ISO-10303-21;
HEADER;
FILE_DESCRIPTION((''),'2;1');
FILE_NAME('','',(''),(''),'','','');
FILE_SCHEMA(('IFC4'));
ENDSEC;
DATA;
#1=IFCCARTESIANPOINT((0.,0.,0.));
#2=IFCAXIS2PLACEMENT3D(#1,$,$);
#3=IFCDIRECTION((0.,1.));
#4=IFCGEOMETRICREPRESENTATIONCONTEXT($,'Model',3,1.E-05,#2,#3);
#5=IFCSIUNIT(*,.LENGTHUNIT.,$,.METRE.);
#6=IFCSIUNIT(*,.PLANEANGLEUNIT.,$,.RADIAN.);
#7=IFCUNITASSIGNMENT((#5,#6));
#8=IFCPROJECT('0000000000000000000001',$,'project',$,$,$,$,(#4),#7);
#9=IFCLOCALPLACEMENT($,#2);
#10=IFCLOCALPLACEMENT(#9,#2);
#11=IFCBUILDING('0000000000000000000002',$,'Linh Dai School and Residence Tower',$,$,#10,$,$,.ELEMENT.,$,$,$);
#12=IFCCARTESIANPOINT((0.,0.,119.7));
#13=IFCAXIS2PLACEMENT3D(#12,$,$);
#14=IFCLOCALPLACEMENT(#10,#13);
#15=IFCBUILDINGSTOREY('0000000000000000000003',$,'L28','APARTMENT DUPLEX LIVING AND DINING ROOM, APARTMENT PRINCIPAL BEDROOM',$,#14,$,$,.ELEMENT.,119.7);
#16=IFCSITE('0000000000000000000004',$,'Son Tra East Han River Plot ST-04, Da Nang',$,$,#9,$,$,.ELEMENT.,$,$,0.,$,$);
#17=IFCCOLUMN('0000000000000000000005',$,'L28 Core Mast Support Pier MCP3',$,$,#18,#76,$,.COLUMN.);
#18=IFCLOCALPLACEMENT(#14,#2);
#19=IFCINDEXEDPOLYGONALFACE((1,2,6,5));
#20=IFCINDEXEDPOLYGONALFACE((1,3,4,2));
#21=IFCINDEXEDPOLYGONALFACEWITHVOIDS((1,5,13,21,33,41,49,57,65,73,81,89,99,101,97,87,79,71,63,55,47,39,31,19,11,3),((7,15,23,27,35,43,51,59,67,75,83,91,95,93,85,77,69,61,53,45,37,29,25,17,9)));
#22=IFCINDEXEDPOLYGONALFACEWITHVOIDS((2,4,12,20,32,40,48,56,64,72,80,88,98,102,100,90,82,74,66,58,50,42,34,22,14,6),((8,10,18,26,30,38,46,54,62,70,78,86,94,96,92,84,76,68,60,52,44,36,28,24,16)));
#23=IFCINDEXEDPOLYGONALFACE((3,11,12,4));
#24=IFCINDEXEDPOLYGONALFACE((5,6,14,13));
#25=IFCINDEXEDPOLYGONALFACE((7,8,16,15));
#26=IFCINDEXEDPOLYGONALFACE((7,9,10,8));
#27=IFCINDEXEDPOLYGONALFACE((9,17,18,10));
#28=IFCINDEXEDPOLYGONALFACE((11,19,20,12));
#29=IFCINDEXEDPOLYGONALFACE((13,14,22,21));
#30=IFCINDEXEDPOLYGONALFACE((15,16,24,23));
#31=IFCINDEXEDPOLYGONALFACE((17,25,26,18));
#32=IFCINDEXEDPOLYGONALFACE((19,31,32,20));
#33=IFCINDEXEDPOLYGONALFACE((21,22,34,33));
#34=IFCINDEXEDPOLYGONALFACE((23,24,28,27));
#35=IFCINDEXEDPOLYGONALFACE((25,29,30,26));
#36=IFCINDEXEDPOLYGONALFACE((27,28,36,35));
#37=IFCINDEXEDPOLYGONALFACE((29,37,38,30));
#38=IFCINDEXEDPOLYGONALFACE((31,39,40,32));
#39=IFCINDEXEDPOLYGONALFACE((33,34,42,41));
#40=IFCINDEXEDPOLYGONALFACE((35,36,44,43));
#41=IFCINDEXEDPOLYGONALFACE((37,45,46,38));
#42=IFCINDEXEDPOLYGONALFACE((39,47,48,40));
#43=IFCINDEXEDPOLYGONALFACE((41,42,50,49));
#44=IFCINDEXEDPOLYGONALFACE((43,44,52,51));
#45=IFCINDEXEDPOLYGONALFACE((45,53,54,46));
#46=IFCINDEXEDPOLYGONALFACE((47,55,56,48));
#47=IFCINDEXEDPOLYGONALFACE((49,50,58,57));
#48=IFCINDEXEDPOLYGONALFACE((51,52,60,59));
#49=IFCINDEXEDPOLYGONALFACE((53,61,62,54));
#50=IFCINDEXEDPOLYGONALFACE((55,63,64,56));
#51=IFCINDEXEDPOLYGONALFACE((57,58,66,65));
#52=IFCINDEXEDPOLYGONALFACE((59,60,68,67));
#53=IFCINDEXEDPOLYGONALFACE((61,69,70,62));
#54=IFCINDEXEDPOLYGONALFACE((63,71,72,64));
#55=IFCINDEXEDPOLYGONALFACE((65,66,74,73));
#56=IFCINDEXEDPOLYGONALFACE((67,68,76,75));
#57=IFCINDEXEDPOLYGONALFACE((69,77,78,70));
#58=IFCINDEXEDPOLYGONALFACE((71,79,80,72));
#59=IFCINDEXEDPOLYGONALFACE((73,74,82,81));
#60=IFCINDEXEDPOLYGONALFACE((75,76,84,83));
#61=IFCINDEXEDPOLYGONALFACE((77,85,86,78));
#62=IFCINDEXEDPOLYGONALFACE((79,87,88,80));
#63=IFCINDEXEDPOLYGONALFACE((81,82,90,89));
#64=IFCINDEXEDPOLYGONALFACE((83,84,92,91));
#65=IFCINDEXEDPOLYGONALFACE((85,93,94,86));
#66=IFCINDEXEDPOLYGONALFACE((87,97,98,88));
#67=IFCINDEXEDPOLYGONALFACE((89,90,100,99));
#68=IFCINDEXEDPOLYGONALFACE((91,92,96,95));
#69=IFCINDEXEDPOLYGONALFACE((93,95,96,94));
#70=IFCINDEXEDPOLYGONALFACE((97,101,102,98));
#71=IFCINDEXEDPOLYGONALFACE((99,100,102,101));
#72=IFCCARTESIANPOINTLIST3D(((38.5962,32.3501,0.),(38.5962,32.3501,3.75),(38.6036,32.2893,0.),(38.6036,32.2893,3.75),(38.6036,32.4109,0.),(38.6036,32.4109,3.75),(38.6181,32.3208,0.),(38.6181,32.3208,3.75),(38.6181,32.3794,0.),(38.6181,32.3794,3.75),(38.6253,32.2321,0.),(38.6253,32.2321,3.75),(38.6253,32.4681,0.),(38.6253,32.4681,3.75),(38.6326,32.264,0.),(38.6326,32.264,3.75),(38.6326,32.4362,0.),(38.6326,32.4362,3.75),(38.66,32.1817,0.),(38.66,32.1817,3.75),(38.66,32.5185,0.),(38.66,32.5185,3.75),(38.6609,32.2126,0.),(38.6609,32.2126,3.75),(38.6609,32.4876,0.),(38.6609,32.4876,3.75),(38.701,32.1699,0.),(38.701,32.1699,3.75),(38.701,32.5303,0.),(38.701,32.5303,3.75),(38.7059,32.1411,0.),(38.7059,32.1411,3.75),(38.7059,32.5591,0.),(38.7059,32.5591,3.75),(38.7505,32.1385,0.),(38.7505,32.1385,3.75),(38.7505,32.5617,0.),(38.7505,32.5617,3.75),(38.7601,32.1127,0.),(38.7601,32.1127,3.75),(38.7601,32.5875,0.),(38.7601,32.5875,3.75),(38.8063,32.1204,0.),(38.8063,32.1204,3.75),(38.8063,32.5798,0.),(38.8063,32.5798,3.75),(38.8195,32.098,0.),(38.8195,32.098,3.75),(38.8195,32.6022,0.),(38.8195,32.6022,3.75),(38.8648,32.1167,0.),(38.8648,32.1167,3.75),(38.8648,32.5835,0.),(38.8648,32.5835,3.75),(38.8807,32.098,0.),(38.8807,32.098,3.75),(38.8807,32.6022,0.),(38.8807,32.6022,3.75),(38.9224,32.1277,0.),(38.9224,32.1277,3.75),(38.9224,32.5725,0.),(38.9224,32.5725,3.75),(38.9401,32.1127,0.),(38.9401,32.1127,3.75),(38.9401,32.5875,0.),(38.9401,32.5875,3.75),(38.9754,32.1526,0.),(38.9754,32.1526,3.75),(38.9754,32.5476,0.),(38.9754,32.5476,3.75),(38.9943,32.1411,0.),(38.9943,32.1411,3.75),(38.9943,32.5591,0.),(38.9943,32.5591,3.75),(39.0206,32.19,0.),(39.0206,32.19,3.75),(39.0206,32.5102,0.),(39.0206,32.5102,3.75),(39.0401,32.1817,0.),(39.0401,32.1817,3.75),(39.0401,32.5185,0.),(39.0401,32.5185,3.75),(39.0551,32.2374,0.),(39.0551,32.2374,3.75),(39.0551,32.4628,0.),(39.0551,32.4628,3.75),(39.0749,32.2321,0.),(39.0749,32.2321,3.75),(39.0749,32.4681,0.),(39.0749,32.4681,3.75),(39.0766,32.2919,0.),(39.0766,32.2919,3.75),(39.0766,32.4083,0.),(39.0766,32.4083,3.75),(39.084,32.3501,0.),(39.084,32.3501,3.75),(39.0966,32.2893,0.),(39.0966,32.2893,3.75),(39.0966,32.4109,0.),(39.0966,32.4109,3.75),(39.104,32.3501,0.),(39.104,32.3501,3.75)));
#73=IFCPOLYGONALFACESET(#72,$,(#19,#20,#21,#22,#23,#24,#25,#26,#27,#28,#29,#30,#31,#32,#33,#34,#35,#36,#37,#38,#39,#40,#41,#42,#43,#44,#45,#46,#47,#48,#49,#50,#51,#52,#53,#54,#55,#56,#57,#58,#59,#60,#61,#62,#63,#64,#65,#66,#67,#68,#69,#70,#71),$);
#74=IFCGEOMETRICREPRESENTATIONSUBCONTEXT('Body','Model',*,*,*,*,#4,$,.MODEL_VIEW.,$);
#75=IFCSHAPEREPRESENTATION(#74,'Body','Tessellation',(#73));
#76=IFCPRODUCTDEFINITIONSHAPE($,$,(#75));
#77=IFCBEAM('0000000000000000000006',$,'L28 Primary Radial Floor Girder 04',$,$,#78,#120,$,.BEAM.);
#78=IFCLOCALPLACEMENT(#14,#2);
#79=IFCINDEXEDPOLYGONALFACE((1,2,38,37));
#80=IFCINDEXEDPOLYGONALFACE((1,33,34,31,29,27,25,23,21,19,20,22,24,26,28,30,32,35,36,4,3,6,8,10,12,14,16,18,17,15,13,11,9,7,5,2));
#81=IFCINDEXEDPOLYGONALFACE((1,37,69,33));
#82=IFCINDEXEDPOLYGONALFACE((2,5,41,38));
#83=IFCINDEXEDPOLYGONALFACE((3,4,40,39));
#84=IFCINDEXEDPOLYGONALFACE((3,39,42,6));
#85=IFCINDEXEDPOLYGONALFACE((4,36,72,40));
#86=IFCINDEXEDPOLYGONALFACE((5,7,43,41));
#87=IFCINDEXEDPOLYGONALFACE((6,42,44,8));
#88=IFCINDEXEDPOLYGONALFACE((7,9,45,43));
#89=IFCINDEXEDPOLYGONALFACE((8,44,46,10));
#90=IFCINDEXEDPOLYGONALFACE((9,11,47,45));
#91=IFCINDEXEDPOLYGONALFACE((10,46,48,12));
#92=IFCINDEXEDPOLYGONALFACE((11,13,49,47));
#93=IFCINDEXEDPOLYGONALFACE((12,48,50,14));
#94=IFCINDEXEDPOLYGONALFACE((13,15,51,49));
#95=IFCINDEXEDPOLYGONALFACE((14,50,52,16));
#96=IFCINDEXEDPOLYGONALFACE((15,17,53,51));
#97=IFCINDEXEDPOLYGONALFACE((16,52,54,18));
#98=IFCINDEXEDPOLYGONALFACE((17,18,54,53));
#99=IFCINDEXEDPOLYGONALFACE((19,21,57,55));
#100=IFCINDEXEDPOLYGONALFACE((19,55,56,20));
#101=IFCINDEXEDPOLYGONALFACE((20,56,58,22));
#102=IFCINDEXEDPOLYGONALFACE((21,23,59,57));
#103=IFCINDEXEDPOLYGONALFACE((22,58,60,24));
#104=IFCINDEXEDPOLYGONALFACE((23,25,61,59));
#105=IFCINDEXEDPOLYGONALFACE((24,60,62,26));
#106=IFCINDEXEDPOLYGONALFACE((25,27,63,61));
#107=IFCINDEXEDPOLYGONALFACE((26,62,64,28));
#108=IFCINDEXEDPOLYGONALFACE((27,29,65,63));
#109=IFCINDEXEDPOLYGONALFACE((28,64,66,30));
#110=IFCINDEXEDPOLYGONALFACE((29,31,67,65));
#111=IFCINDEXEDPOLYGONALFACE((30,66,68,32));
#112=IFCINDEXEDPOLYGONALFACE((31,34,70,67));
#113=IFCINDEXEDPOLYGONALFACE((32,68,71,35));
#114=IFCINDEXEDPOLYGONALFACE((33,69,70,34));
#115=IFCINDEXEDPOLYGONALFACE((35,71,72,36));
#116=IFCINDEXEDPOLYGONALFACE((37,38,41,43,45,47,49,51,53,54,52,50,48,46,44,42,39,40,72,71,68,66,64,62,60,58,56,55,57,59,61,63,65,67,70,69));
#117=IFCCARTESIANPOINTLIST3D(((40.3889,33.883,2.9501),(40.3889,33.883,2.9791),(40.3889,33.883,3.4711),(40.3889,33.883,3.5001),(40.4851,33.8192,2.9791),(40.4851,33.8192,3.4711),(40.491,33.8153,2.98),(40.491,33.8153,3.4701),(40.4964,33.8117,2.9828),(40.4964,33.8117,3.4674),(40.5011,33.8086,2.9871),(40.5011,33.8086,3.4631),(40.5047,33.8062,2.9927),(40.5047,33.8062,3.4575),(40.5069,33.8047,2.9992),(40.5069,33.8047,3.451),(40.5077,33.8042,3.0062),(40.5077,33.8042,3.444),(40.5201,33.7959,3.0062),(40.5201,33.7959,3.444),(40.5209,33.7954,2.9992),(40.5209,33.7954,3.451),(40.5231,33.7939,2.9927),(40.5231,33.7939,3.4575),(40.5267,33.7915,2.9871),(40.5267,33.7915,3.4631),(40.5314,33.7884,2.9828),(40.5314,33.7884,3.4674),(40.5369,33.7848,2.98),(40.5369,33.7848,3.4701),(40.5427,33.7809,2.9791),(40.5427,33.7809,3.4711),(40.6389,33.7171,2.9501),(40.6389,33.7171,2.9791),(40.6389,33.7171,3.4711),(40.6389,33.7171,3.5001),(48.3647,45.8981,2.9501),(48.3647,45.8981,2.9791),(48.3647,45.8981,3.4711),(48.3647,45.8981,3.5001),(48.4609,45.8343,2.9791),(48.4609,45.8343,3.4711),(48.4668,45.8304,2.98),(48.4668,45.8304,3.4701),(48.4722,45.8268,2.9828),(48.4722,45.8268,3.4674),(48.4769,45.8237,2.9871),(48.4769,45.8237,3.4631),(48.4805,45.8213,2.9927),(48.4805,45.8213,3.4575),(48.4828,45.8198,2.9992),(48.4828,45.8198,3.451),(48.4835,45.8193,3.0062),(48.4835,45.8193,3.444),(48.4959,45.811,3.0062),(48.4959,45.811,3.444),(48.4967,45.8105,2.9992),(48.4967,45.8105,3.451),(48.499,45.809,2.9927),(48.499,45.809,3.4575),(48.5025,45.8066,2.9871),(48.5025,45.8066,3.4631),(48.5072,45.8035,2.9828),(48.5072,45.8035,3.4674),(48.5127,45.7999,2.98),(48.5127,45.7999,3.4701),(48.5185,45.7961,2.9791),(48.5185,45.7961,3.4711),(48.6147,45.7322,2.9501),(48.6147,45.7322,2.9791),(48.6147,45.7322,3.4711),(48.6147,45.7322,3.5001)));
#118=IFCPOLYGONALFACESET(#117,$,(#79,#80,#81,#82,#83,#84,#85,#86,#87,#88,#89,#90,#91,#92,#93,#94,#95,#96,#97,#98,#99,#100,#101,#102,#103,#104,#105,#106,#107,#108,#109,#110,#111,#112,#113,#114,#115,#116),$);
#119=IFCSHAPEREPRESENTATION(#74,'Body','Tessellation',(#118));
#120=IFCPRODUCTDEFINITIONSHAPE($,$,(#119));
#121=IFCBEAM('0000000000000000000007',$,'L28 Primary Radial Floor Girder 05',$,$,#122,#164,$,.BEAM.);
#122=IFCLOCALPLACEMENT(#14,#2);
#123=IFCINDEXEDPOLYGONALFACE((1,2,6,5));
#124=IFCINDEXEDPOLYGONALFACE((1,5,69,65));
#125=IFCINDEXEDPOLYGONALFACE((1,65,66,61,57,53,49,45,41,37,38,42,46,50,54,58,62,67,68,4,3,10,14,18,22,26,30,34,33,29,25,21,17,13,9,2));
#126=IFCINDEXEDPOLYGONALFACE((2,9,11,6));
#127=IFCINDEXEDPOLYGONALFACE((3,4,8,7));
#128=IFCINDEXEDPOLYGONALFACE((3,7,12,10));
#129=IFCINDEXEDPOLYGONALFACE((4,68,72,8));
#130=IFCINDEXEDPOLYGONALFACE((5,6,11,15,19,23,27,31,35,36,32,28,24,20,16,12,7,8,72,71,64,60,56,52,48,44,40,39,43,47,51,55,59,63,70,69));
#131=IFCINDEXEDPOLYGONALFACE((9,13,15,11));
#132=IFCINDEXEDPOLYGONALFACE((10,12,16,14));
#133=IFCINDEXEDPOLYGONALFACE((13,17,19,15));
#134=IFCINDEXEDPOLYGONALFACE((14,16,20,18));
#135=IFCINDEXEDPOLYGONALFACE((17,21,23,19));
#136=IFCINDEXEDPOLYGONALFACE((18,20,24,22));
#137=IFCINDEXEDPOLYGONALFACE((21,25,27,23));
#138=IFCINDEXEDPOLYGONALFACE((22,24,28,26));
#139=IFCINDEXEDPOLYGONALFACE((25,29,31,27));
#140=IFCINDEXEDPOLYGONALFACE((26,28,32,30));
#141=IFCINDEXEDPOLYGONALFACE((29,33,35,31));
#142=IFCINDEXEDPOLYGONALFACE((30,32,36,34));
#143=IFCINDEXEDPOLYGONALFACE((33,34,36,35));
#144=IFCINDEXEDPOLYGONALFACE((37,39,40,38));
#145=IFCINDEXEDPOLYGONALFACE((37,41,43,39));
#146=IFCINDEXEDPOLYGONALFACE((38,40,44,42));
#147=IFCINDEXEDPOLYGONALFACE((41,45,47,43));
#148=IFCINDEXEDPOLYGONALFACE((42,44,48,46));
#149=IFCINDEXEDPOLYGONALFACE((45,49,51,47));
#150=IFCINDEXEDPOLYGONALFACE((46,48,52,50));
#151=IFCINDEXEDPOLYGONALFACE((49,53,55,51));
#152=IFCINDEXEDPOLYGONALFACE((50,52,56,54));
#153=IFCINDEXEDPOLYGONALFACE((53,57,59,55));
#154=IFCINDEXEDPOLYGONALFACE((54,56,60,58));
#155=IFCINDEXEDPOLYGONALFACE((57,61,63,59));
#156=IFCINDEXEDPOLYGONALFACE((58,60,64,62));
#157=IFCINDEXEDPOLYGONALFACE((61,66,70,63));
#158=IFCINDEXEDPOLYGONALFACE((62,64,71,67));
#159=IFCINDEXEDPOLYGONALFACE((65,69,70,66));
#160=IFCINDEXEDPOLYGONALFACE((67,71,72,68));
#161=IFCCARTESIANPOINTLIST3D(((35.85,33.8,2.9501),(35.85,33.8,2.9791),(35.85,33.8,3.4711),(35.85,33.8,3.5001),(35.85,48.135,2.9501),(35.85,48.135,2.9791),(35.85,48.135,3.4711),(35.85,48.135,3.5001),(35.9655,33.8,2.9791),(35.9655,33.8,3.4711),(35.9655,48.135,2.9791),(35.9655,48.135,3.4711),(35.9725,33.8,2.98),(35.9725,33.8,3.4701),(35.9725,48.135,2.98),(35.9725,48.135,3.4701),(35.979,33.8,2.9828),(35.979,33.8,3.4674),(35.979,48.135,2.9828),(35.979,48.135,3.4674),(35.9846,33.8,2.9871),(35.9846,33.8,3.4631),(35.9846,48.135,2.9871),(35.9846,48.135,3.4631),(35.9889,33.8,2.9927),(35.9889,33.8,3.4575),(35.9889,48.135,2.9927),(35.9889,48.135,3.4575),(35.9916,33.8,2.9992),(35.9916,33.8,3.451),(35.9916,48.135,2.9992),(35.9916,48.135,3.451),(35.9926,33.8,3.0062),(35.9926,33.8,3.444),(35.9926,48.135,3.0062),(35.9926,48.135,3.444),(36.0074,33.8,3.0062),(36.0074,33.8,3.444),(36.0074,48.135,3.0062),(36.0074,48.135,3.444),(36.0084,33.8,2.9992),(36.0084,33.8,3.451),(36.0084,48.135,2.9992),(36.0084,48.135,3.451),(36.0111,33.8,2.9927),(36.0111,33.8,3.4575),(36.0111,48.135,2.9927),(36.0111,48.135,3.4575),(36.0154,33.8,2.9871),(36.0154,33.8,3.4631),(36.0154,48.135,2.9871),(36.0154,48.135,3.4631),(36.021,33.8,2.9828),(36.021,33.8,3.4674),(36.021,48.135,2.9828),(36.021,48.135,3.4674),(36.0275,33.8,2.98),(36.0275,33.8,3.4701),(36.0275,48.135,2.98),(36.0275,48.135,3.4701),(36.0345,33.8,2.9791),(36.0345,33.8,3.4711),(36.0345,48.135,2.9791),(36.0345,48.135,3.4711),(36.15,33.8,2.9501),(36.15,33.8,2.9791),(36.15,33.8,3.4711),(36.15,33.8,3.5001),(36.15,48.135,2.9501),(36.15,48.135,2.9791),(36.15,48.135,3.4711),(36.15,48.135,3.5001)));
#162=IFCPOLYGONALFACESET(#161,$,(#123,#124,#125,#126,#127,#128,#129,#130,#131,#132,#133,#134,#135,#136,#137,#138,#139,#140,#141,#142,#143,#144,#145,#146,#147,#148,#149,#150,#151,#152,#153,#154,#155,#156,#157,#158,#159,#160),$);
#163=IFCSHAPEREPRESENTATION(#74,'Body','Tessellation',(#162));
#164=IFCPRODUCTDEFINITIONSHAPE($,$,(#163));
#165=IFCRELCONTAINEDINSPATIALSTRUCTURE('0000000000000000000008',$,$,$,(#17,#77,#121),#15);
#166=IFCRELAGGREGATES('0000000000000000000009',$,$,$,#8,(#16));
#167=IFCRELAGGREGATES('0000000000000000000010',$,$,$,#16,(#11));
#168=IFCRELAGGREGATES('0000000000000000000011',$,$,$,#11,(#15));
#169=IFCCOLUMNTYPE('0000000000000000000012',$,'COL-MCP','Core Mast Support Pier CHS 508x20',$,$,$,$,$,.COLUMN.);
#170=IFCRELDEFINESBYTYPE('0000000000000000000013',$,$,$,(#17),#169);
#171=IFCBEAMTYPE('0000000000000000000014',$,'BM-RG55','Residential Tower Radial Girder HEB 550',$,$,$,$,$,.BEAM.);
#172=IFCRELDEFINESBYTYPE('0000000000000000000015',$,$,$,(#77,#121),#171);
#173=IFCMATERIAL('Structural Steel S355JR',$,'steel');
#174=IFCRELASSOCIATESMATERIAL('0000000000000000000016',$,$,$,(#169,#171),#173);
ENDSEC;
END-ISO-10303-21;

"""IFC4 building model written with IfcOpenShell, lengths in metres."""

from ifc_helpers import new_model, si_unit, direction, frame, origin, origin_2d, place, context, subcontext, project, spatial, hollow_circle, i_section, extrude, material, material_profile, profile_set, type_object, element, save


model = new_model("IFC4")

# Units and contexts
model_context = context("Model", 3, precision=1e-05, world=origin(), true_north=direction((0.0, 1.0)))
body_context = subcontext(model_context, "Body", "Model", "MODEL_VIEW")
ifc_project = project(units=[si_unit("LENGTHUNIT", "METRE"), si_unit("PLANEANGLEUNIT", "RADIAN")], contexts=[model_context])

# Site, building, storey
site_placement = place(None, origin())
site = spatial("IfcSite", under=ifc_project, at=site_placement, Name="Son Tra East Han River Plot ST-04, Da Nang", CompositionType="ELEMENT", RefElevation=0.0)
building_placement = place(site_placement, origin())
building = spatial("IfcBuilding", under=site, at=building_placement, Name="Linh Dai School and Residence Tower", CompositionType="ELEMENT")
storey_placement = place(building_placement, frame((0.0, 0.0, 119.7)))
storey = spatial("IfcBuildingStorey", under=building, at=storey_placement, Name="L28", Description="APARTMENT DUPLEX LIVING AND DINING ROOM, APARTMENT PRINCIPAL BEDROOM", CompositionType="ELEMENT", Elevation=119.7)

# Column
ifc_material_1 = material(Name="Structural Steel S355JR", Category="steel")
ifc_material_profile_1 = material_profile(ifc_material_1, hollow_circle(Radius=0.2539, WallThickness=0.02, at=origin_2d()), Name="CHS 508x20")
ifc_profile_set_1 = profile_set([ifc_material_profile_1], Name="Structural Steel S355JR")
column_type_1 = type_object("IfcColumnType", Name="COL-MCP", Description="Core Mast Support Pier CHS 508x20", PredefinedType="COLUMN", material=ifc_profile_set_1)
column_placement = place(storey_placement, frame((38.8501, 32.3501, 0.0), z_axis=(0.0, 0.0, 1.0), x_axis=(1.0, 0.0, 0.0)))
element("IfcColumn", 1, at=column_placement, inside=storey, type_object=column_type_1, Name="L28 Core Mast Support Pier MCP3", PredefinedType="COLUMN", context=body_context, shape_type="SweptSolid", body=[
    extrude(hollow_circle(Radius=0.2539, WallThickness=0.02, at=origin_2d()), origin(), (0.0, 0.0, 1.0), 3.75),
])

# Beams
ifc_material_profile_2 = material_profile(ifc_material_1, i_section(OverallWidth=0.3, OverallDepth=0.55, WebThickness=0.0149, FlangeThickness=0.0291, FilletRadius=0.0271, at=origin_2d()), Name="HEB 550")
ifc_profile_set_2 = profile_set([ifc_material_profile_2], Name="Structural Steel S355JR")
beam_type_1 = type_object("IfcBeamType", Name="BM-RG55", Description="Residential Tower Radial Girder HEB 550", PredefinedType="BEAM", material=ifc_profile_set_2)
beam_1_placement = place(storey_placement, frame((40.5139, 33.8, 3.2251), z_axis=(0.553054, 0.833145, 0.0), x_axis=(-0.833145, 0.553054, 0.0)))
element("IfcBeam", 2, at=beam_1_placement, inside=storey, type_object=beam_type_1, Name="L28 Primary Radial Floor Girder 04", PredefinedType="BEAM", context=body_context, shape_type="SweptSolid", body=[
    extrude(i_section(OverallWidth=0.3, OverallDepth=0.55, WebThickness=0.0149, FlangeThickness=0.0291, FilletRadius=0.0271, at=origin_2d()), origin(), (0.0, 0.0, 1.0), 14.4214),
])
beam_2_placement = place(storey_placement, frame((36.0, 33.8, 3.2251), z_axis=(0.0, 1.0, 0.0), x_axis=(-1.0, 0.0, 0.0)))
element("IfcBeam", 3, at=beam_2_placement, inside=storey, type_object=beam_type_1, Name="L28 Primary Radial Floor Girder 05", PredefinedType="BEAM", context=body_context, shape_type="SweptSolid", body=[
    extrude(i_section(OverallWidth=0.3, OverallDepth=0.55, WebThickness=0.0149, FlangeThickness=0.0291, FilletRadius=0.0271, at=origin_2d()), origin(), (0.0, 0.0, 1.0), 14.335),
])

save(model, "model.ifc")
